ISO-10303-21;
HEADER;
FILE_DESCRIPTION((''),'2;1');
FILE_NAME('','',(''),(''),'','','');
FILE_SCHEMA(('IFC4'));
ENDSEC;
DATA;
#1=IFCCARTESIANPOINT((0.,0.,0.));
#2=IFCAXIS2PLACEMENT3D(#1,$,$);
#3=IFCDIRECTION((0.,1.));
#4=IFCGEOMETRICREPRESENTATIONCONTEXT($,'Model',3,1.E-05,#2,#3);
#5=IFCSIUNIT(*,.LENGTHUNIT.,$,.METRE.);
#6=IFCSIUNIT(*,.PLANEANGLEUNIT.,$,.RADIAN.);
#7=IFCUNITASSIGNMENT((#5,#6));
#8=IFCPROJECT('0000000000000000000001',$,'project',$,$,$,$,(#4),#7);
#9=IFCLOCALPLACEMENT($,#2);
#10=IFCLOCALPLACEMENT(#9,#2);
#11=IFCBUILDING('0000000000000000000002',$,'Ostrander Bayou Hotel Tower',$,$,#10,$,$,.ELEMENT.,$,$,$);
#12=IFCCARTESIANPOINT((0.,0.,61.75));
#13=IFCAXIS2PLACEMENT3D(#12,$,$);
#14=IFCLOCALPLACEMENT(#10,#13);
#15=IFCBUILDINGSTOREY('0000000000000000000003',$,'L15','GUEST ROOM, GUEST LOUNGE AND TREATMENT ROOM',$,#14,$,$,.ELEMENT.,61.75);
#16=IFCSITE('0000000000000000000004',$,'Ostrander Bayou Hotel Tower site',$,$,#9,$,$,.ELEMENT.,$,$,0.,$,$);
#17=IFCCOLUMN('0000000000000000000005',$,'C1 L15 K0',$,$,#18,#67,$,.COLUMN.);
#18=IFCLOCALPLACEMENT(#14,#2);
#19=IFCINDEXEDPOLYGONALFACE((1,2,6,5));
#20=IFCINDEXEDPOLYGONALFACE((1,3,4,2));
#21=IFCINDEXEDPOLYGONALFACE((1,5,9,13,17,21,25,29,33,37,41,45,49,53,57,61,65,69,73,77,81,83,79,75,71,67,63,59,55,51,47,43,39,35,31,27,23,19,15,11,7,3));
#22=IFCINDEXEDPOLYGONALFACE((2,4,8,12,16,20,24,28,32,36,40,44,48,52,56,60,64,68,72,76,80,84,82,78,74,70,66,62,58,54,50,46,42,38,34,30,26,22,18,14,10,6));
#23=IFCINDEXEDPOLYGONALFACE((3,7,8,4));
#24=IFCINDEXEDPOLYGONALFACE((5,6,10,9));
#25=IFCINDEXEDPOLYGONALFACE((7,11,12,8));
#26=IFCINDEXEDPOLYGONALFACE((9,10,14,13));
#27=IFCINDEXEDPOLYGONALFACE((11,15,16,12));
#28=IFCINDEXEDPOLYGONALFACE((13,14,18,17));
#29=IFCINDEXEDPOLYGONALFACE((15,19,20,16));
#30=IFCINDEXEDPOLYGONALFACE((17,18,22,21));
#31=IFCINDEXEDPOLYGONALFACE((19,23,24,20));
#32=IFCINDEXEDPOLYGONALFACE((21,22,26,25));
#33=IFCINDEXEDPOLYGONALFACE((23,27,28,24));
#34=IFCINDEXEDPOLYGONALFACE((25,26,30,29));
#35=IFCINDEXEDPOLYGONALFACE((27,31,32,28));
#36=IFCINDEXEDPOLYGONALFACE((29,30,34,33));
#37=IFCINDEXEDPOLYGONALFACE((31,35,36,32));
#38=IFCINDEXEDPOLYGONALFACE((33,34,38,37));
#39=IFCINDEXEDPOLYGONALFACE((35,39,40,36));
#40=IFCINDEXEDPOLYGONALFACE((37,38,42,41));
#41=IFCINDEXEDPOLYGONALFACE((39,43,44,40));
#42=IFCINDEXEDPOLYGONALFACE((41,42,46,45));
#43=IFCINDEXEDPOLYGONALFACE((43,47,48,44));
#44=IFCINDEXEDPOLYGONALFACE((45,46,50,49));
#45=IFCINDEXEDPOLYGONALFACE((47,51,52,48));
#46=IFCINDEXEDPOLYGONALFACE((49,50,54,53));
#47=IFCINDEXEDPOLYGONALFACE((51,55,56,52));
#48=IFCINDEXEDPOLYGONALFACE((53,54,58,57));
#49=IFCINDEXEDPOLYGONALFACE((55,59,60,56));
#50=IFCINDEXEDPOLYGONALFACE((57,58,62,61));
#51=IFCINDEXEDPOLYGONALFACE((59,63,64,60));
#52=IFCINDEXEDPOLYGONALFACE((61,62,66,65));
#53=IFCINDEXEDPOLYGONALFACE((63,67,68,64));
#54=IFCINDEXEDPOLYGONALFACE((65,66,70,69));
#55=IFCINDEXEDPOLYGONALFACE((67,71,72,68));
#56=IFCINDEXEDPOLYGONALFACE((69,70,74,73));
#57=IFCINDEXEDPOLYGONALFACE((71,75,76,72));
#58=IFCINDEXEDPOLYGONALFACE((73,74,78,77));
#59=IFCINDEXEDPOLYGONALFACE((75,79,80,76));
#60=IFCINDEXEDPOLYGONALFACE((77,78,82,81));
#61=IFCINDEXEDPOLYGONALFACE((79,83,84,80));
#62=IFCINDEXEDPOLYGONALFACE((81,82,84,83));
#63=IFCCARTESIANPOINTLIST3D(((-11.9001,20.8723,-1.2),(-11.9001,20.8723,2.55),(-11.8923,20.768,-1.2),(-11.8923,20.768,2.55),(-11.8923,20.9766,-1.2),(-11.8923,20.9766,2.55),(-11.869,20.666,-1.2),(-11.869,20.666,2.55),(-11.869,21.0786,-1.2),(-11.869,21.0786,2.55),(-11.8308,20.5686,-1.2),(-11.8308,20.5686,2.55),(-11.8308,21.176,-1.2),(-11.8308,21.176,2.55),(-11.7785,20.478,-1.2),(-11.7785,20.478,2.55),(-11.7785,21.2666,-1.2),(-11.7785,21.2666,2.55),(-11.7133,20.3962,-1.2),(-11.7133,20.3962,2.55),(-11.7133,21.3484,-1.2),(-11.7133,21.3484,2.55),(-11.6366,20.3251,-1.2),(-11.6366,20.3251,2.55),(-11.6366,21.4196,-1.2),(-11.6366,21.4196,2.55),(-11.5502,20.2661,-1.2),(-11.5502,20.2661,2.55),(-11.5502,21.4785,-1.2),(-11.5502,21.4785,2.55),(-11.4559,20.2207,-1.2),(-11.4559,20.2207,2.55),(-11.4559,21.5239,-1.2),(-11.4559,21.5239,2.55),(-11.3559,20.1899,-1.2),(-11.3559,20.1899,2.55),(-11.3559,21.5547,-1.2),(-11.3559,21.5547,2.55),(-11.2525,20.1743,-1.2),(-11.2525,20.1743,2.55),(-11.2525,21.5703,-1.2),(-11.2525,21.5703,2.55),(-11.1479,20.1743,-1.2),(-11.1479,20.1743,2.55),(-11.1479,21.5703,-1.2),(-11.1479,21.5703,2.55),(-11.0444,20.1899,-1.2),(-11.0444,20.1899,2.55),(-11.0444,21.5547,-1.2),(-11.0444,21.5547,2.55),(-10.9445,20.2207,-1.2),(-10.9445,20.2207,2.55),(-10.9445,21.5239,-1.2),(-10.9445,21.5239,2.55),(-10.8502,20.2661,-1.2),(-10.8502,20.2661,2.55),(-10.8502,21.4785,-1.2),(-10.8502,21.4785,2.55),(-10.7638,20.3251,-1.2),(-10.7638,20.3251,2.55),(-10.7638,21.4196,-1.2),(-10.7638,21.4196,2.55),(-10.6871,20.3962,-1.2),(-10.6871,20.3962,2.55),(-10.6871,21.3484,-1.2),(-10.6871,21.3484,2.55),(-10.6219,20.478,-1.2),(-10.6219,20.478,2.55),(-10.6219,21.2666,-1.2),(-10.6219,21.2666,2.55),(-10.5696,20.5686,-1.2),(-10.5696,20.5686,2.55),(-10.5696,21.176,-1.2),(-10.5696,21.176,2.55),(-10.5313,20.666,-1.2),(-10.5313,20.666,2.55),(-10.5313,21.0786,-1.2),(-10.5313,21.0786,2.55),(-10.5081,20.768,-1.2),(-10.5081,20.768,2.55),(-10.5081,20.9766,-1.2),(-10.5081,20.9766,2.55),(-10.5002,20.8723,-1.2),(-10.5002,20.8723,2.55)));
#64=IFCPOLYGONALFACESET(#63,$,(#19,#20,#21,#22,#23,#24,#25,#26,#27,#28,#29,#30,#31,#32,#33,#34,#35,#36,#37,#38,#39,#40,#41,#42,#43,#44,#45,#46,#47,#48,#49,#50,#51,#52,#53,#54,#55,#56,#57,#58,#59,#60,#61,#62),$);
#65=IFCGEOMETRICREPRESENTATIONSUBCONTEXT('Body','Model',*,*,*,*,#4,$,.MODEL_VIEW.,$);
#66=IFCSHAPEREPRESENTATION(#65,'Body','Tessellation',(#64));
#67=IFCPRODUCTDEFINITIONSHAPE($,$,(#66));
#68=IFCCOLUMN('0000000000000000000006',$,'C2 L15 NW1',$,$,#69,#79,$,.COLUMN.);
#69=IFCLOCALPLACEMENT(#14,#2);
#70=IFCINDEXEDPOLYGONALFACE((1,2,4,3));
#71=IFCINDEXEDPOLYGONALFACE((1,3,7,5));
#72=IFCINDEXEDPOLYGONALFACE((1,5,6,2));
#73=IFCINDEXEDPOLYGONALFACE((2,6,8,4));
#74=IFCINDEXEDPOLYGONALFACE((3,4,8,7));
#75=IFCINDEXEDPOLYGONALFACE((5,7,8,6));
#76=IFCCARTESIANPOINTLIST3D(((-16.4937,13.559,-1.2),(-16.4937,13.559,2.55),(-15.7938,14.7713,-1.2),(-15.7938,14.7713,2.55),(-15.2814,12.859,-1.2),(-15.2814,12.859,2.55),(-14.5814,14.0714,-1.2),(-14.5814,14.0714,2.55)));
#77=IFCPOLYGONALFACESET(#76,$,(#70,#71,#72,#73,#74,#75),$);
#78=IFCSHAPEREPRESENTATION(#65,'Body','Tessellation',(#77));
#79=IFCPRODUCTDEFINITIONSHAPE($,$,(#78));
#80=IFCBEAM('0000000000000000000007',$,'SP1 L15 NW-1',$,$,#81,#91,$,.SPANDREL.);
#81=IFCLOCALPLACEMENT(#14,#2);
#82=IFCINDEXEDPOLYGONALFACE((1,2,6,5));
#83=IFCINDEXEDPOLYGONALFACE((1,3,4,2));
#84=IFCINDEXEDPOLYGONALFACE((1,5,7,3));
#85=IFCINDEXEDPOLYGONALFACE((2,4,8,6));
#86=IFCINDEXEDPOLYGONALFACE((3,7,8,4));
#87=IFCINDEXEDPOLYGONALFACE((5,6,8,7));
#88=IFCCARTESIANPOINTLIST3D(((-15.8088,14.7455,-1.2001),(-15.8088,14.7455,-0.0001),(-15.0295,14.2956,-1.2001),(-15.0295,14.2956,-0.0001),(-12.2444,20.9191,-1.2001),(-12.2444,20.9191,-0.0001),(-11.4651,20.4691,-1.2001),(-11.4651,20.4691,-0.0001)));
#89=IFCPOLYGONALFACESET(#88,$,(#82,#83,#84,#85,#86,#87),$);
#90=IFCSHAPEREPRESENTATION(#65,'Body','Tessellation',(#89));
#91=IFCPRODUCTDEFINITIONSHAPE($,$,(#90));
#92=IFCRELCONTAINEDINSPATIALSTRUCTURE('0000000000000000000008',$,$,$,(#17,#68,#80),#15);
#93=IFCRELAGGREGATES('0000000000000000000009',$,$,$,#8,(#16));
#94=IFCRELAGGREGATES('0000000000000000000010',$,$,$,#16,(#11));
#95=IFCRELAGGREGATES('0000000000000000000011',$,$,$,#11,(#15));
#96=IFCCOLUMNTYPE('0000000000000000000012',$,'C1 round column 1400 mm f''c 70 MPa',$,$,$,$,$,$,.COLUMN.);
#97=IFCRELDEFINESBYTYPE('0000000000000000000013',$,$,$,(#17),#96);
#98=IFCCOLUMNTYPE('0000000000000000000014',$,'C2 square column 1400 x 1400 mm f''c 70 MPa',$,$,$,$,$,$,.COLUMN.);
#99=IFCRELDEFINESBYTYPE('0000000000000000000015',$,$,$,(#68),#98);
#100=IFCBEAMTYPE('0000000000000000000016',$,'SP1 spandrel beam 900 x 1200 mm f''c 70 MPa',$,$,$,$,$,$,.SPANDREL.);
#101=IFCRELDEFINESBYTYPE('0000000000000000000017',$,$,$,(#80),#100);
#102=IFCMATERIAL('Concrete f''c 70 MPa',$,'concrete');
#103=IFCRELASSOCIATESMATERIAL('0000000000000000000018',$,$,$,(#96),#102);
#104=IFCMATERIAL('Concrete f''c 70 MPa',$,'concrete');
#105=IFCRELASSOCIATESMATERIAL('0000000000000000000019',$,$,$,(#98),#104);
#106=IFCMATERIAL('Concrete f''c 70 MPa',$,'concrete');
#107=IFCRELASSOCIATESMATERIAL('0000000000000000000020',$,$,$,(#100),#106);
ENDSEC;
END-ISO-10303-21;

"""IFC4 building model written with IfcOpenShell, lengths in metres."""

from ifc_helpers import new_model, si_unit, direction, frame, origin, origin_2d, place, context, subcontext, project, spatial, rectangle, circle, extrude, material, material_profile, profile_set, type_object, element, save


model = new_model("IFC4")

# Units and contexts
model_context = context("Model", 3, precision=1e-05, world=origin(), true_north=direction((0.0, 1.0)))
body_context = subcontext(model_context, "Body", "Model", "MODEL_VIEW")
ifc_project = project(units=[si_unit("LENGTHUNIT", "METRE"), si_unit("PLANEANGLEUNIT", "RADIAN")], contexts=[model_context])

# Site, building, storey
site_placement = place(None, origin())
site = spatial("IfcSite", under=ifc_project, at=site_placement, Name="Ostrander Bayou Hotel Tower site", CompositionType="ELEMENT", RefElevation=0.0)
building_placement = place(site_placement, origin())
building = spatial("IfcBuilding", under=site, at=building_placement, Name="Ostrander Bayou Hotel Tower", CompositionType="ELEMENT")
storey_placement = place(building_placement, frame((0.0, 0.0, 61.75)))
storey = spatial("IfcBuildingStorey", under=building, at=storey_placement, Name="L15", Description="GUEST ROOM, GUEST LOUNGE AND TREATMENT ROOM", CompositionType="ELEMENT", Elevation=61.75)

# Columns
ifc_material_1 = material(Name="Concrete f'c 70 MPa", Category="concrete")
ifc_material_profile_1 = material_profile(ifc_material_1, circle(Radius=0.7, at=origin_2d()))
ifc_profile_set_1 = profile_set([ifc_material_profile_1], Name="Concrete f'c 70 MPa")
column_type_1 = type_object("IfcColumnType", Name="C1 round column 1400 mm f'c 70 MPa", PredefinedType="COLUMN", material=ifc_profile_set_1)
column_1_placement = place(storey_placement, frame((-11.2002, 20.8723, -1.2), z_axis=(0.0, 0.0, 1.0), x_axis=(1.0, 0.0, 0.0)))
element("IfcColumn", 1, at=column_1_placement, inside=storey, type_object=column_type_1, Name="C1 L15 K0", PredefinedType="COLUMN", context=body_context, shape_type="SweptSolid", body=[
    extrude(circle(Radius=0.7, at=origin_2d()), origin(), (0.0, 0.0, 1.0), 3.75),
])
ifc_material_2 = material(Name="Concrete f'c 70 MPa", Category="concrete")
ifc_material_profile_2 = material_profile(ifc_material_2, rectangle(XDim=1.3999, YDim=1.3999, at=origin_2d()))
ifc_profile_set_2 = profile_set([ifc_material_profile_2], Name="Concrete f'c 70 MPa")
column_type_2 = type_object("IfcColumnType", Name="C2 square column 1400 x 1400 mm f'c 70 MPa", PredefinedType="COLUMN", material=ifc_profile_set_2)
column_2_placement = place(storey_placement, frame((-15.5376, 13.8152, -1.2), z_axis=(0.0, 0.0, 1.0), x_axis=(0.5, 0.866025, 0.0)))
element("IfcColumn", 2, at=column_2_placement, inside=storey, type_object=column_type_2, Name="C2 L15 NW1", PredefinedType="COLUMN", context=body_context, shape_type="SweptSolid", body=[
    extrude(rectangle(XDim=1.3999, YDim=1.3999, at=origin_2d()), origin(), (0.0, 0.0, 1.0), 3.75),
])

# Beam
ifc_material_3 = material(Name="Concrete f'c 70 MPa", Category="concrete")
ifc_material_profile_3 = material_profile(ifc_material_3, rectangle(XDim=0.8999, YDim=1.2, at=origin_2d()))
ifc_profile_set_3 = profile_set([ifc_material_profile_3], Name="Concrete f'c 70 MPa")
beam_type = type_object("IfcBeamType", Name="SP1 spandrel beam 900 x 1200 mm f'c 70 MPa", PredefinedType="SPANDREL", material=ifc_profile_set_3)
beam_placement = place(storey_placement, frame((-11.8547, 20.6941, -0.6001), z_axis=(-0.500014, -0.866017, 0.0), x_axis=(0.866017, -0.500014, 0.0)))
element("IfcBeam", 3, at=beam_placement, inside=storey, type_object=beam_type, Name="SP1 L15 NW-1", PredefinedType="SPANDREL", context=body_context, shape_type="SweptSolid", body=[
    extrude(rectangle(XDim=0.8999, YDim=1.2, at=origin_2d()), origin(), (0.0, 0.0, 1.0), 7.1287),
])

save(model, "model.ifc")
